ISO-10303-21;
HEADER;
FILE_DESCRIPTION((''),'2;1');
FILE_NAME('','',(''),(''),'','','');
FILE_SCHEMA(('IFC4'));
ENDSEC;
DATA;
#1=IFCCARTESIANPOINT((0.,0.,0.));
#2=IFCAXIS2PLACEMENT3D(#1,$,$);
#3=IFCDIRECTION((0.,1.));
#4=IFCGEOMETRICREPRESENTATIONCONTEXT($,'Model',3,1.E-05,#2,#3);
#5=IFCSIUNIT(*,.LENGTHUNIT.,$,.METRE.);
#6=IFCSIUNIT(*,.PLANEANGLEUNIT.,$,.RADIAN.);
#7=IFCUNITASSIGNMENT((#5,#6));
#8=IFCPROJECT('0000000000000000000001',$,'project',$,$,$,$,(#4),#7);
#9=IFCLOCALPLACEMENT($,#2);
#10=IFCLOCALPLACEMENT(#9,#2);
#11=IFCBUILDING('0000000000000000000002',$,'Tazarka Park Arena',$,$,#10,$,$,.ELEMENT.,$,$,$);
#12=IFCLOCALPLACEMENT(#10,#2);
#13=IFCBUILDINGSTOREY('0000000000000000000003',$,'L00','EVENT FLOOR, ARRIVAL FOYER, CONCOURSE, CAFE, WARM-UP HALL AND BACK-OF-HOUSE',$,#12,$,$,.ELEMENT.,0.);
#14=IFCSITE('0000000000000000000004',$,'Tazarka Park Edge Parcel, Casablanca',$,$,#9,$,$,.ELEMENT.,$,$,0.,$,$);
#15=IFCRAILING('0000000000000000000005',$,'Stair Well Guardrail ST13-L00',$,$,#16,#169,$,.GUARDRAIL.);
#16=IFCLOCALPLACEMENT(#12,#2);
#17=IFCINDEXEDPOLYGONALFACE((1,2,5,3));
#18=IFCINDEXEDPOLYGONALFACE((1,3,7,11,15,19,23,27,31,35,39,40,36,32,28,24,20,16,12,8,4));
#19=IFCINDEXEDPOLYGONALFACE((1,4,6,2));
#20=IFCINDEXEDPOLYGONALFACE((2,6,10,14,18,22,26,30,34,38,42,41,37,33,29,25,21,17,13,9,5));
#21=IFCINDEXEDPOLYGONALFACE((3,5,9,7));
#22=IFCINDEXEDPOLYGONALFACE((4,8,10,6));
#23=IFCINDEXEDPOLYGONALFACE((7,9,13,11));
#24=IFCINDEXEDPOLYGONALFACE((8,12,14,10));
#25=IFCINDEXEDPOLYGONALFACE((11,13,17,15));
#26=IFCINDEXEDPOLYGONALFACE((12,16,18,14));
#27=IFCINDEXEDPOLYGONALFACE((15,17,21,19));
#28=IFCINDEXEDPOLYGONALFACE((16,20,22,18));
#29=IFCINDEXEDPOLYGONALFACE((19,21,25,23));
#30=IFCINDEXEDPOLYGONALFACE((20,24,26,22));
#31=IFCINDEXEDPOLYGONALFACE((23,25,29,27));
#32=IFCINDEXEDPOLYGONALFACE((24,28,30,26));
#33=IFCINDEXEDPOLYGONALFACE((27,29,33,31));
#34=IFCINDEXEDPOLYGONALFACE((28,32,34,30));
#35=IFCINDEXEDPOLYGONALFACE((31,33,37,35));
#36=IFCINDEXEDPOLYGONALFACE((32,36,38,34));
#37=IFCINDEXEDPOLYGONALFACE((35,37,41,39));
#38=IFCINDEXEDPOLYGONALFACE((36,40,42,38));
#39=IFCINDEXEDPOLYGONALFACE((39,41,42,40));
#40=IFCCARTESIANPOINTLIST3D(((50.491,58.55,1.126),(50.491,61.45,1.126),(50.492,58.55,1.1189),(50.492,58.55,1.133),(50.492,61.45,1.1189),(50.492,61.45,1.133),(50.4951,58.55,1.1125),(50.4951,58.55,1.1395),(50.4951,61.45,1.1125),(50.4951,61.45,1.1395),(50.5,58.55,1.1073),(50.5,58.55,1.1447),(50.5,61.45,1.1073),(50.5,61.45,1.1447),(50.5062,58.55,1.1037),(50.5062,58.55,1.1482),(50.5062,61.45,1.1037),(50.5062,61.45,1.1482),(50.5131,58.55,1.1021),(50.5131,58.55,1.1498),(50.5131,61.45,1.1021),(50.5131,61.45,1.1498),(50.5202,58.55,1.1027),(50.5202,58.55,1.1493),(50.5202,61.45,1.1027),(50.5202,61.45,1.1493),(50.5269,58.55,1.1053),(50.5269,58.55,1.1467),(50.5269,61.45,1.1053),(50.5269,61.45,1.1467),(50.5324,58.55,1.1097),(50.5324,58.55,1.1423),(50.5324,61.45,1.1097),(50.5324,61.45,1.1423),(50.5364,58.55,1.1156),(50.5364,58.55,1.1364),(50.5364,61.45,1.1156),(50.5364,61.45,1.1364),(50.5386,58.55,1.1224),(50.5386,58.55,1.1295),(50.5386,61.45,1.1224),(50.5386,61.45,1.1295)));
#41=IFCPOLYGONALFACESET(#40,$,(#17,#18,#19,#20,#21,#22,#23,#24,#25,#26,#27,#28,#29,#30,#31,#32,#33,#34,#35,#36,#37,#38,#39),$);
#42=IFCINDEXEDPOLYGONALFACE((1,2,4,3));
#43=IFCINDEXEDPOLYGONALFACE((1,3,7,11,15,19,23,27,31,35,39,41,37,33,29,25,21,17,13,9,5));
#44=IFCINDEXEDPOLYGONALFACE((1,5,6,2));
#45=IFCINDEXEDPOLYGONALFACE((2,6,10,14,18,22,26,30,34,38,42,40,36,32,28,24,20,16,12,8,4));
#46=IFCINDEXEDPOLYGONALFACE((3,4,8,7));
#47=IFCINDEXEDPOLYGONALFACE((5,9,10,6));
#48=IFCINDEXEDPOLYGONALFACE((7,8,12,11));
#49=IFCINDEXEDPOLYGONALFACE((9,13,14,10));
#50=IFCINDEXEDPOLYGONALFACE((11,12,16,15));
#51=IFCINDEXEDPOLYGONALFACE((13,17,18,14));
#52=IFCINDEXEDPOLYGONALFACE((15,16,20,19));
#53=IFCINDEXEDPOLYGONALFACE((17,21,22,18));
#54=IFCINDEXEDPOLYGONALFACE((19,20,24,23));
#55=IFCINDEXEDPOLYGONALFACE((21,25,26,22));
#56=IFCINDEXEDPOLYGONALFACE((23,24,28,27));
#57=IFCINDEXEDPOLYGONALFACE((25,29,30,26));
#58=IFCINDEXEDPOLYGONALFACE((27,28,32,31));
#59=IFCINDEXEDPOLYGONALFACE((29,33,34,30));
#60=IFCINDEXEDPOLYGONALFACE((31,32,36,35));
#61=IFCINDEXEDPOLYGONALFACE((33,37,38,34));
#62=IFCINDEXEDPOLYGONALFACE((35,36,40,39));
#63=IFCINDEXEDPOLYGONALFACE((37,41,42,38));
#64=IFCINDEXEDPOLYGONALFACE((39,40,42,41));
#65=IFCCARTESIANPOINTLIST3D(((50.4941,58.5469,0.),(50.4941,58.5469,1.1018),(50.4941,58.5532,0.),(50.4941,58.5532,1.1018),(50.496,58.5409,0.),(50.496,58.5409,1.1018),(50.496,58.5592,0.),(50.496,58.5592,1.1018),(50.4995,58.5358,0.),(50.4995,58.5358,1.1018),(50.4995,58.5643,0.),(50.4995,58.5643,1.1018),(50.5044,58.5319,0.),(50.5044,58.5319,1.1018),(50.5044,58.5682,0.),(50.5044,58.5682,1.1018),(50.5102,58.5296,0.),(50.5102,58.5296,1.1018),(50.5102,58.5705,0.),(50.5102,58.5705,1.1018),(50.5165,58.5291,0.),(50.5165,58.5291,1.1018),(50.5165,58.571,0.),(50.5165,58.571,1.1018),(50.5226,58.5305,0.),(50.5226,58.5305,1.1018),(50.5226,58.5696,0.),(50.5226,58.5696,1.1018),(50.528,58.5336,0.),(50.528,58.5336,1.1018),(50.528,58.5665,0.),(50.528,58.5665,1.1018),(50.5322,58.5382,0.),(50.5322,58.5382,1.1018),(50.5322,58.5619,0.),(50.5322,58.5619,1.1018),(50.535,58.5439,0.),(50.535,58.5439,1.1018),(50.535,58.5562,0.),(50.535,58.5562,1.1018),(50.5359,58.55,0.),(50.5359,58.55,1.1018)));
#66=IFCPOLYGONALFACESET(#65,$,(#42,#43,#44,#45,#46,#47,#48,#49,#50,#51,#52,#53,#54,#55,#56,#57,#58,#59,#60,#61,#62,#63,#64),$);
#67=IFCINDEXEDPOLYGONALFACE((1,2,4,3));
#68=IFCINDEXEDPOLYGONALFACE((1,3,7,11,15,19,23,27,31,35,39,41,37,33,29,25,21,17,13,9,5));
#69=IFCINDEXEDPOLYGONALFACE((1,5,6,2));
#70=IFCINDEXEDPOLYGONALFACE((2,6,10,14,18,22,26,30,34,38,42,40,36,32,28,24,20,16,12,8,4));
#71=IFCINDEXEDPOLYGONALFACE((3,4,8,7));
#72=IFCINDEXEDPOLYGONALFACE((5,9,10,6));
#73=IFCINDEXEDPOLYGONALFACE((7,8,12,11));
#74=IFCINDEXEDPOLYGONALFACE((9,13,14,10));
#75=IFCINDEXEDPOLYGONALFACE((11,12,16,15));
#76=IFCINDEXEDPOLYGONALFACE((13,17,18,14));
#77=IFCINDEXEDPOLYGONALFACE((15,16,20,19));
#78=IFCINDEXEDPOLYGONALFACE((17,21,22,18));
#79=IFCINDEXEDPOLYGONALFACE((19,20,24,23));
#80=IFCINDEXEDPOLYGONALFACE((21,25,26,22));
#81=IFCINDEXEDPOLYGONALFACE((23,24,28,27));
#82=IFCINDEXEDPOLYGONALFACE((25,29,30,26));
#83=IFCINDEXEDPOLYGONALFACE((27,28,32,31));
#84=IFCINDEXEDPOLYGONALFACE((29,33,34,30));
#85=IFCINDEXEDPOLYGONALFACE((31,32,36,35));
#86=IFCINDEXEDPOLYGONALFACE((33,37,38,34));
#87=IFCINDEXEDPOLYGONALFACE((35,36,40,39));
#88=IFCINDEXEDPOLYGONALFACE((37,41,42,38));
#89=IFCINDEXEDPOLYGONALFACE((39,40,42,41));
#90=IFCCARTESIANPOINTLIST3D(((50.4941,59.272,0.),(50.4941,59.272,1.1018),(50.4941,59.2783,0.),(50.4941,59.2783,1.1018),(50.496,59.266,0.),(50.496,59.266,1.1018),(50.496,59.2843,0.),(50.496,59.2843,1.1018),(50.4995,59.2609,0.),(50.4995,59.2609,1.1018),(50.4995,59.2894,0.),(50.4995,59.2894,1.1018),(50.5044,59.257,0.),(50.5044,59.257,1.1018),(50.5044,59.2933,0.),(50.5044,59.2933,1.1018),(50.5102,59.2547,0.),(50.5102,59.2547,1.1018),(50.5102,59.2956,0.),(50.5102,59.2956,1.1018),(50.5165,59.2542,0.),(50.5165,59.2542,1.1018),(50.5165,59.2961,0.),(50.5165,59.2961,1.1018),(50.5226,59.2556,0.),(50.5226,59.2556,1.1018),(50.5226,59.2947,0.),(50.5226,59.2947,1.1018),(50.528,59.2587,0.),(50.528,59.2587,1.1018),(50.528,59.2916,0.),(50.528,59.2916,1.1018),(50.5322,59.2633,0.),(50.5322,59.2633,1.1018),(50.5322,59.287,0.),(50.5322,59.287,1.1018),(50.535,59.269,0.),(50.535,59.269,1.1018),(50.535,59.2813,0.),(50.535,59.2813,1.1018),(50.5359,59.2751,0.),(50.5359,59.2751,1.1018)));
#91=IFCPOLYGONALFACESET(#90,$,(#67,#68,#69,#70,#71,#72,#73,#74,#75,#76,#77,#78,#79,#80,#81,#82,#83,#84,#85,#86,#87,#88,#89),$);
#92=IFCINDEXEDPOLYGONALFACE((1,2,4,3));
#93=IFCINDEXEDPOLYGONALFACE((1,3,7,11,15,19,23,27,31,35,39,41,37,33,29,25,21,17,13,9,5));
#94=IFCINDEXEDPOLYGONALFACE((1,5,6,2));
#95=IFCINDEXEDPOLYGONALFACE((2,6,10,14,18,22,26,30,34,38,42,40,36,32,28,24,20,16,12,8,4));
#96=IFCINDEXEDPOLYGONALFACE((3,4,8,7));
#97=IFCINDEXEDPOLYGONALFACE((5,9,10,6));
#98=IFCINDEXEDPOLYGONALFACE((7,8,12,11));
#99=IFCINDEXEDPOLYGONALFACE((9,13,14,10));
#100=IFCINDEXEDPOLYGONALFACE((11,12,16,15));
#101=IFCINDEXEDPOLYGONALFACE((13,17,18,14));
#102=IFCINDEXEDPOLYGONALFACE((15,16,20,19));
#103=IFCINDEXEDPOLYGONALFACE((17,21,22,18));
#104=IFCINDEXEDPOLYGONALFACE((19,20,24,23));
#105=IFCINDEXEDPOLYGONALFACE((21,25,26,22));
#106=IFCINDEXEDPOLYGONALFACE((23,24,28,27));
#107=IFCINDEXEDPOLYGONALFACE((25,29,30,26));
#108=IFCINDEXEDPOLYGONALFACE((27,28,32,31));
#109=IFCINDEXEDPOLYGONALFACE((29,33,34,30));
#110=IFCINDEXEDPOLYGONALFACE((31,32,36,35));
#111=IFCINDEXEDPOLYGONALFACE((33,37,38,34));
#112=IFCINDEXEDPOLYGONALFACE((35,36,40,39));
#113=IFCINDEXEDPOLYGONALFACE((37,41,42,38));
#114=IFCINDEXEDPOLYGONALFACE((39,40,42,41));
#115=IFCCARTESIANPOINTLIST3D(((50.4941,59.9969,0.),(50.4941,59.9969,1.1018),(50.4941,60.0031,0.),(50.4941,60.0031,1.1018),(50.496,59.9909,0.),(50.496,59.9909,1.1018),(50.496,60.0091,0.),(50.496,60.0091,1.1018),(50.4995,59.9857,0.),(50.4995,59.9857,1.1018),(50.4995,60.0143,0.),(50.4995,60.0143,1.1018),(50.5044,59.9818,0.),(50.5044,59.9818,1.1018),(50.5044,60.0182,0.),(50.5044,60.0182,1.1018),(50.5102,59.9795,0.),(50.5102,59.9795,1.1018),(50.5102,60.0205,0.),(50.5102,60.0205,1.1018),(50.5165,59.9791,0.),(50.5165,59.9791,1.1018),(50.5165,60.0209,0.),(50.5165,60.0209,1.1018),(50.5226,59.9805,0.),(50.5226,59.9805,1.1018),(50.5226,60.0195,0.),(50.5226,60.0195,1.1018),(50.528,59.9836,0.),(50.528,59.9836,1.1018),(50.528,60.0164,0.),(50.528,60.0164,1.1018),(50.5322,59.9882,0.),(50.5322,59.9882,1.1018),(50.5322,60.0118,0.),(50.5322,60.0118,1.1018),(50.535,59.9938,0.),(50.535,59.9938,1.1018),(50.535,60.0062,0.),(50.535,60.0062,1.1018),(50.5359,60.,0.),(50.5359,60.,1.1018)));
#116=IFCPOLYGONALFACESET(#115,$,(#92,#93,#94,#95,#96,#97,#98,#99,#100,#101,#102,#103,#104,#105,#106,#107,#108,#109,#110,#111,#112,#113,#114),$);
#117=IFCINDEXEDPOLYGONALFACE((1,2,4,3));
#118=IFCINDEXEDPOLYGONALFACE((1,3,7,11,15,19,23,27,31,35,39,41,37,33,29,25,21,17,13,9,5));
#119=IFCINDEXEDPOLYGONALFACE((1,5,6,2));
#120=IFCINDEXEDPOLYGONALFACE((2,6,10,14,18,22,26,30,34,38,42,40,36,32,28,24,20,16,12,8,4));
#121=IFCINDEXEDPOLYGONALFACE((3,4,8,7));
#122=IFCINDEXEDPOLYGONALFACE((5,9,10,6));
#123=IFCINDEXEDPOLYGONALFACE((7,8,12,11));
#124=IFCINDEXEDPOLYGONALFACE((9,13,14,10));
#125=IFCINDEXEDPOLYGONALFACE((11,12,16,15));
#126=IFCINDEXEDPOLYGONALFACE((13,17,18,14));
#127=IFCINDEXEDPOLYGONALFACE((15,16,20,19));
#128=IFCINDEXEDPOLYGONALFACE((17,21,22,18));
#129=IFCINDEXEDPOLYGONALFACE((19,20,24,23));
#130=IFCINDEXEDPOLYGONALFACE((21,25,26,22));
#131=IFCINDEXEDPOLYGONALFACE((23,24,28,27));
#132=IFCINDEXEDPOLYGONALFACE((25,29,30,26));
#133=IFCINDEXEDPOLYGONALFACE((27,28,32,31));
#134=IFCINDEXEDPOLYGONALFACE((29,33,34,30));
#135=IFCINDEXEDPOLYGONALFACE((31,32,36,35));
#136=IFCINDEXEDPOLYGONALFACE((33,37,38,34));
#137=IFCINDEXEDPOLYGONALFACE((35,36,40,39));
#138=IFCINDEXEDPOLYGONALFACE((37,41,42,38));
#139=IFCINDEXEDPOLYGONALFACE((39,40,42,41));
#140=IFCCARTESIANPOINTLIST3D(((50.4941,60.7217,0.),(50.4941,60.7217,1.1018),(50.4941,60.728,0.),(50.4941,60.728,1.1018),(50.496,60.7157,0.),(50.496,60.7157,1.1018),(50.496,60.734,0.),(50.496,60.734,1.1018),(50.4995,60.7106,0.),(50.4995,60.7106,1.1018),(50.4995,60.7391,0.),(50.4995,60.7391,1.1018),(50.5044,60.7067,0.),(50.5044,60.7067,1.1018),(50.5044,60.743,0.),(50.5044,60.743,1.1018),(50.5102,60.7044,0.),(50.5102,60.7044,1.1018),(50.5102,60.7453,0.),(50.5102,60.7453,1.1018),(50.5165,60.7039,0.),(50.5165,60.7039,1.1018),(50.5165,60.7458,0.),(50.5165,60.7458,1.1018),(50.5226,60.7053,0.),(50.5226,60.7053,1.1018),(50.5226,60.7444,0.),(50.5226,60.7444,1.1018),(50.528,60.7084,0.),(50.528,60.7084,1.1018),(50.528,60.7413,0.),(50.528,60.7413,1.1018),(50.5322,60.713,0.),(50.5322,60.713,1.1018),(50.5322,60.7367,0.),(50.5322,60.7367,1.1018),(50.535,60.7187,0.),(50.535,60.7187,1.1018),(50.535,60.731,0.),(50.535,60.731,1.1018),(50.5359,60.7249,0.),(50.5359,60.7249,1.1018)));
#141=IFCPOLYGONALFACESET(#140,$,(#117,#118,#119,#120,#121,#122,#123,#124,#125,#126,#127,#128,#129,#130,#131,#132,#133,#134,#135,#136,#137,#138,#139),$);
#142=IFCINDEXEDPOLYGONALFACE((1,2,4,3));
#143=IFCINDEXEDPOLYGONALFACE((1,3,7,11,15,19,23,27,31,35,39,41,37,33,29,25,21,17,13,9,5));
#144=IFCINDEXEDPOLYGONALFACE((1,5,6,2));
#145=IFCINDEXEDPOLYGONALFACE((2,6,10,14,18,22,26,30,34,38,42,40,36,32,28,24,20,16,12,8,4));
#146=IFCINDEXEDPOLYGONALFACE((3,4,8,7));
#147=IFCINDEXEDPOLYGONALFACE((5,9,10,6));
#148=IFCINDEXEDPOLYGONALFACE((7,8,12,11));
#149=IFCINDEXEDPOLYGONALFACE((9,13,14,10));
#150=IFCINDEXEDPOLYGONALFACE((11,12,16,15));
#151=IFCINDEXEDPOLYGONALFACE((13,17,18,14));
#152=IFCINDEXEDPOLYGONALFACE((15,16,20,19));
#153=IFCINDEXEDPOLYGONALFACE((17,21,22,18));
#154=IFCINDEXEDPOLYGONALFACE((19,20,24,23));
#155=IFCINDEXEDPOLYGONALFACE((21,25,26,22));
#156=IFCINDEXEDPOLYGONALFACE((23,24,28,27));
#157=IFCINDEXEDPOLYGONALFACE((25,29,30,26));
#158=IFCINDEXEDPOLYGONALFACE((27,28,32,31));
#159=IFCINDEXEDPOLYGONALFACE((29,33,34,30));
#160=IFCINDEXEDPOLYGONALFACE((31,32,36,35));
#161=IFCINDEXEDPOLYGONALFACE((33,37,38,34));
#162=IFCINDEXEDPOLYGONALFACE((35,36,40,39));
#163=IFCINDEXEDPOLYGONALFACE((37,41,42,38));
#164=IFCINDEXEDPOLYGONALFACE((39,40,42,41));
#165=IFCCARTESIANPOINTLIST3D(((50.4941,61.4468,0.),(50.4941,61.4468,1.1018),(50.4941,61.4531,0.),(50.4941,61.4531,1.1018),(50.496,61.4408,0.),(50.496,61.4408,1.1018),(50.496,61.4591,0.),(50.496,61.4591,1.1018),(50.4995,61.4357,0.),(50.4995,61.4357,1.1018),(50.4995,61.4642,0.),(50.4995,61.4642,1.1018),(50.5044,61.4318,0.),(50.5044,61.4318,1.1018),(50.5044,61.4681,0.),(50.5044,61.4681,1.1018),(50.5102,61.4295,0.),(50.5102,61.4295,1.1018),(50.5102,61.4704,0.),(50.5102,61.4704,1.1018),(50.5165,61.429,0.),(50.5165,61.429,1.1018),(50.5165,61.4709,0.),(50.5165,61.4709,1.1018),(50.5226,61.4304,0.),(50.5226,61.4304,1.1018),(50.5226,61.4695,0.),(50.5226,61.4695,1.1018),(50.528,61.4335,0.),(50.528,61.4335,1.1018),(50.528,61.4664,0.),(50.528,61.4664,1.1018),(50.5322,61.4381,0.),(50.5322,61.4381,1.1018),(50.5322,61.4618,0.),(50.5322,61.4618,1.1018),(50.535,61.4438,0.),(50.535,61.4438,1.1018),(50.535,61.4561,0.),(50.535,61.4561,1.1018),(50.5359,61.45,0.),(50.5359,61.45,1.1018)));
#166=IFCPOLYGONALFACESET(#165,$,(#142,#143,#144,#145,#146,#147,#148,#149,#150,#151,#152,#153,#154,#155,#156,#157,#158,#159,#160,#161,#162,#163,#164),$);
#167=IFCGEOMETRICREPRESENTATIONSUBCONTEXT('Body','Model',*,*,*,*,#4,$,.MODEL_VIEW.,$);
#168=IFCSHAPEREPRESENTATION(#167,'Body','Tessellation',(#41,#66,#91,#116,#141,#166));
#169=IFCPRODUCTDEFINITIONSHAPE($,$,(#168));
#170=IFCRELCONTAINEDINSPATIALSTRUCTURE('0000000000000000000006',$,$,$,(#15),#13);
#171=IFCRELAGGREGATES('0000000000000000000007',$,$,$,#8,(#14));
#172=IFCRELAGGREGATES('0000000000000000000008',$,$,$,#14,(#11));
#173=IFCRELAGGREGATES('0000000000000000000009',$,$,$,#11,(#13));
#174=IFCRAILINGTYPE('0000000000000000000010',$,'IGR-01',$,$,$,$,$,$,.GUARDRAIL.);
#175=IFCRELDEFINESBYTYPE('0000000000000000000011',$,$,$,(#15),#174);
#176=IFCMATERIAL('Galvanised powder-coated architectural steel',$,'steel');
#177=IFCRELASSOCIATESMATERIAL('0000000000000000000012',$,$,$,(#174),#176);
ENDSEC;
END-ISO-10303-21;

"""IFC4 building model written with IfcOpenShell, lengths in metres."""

from ifc_helpers import new_model, si_unit, direction, frame, origin, origin_2d, place, context, subcontext, project, spatial, circle, extrude, material, type_object, element, save


model = new_model("IFC4")

# Units and contexts
model_context = context("Model", 3, precision=1e-05, world=origin(), true_north=direction((0.0, 1.0)))
body_context = subcontext(model_context, "Body", "Model", "MODEL_VIEW")
ifc_project = project(units=[si_unit("LENGTHUNIT", "METRE"), si_unit("PLANEANGLEUNIT", "RADIAN")], contexts=[model_context])

# Site, building, storey
site_placement = place(None, origin())
site = spatial("IfcSite", under=ifc_project, at=site_placement, Name="Tazarka Park Edge Parcel, Casablanca", CompositionType="ELEMENT", RefElevation=0.0)
building_placement = place(site_placement, origin())
building = spatial("IfcBuilding", under=site, at=building_placement, Name="Tazarka Park Arena", CompositionType="ELEMENT")
storey_placement = place(building_placement, origin())
storey = spatial("IfcBuildingStorey", under=building, at=storey_placement, Name="L00", Description="EVENT FLOOR, ARRIVAL FOYER, CONCOURSE, CAFE, WARM-UP HALL AND BACK-OF-HOUSE", CompositionType="ELEMENT", Elevation=0.0)

# Railing
ifc_material_1 = material(Name="Galvanised powder-coated architectural steel", Category="steel")
railing_type_1 = type_object("IfcRailingType", Name="IGR-01", PredefinedType="GUARDRAIL", material=ifc_material_1)
for number, where, name in (
    (1, (50.5149, 58.55, 0.0), "Stair Well Guardrail ST13-L00"),
):
    element("IfcRailing", number, at=place(storey_placement, frame(where)), inside=storey, type_object=railing_type_1, Name=name, PredefinedType="GUARDRAIL", context=body_context, shape_type="SweptSolid", body=[
        extrude(circle(Radius=0.0239, at=origin_2d()), frame((0.0, 0.0, 1.126), z_axis=(0.0, 1.0, 0.0), x_axis=(-1.0, 0.0, 0.0)), (0.0, 0.0, 1.0), 2.8999),
        extrude(circle(Radius=0.021, at=origin_2d()), origin(), (0.0, 0.0, 1.0), 1.1018),
        extrude(circle(Radius=0.021, at=origin_2d()), frame((0.0, 0.7251, 0.0)), (0.0, 0.0, 1.0), 1.1018),
        extrude(circle(Radius=0.021, at=origin_2d()), frame((0.0, 1.45, 0.0)), (0.0, 0.0, 1.0), 1.1018),
        extrude(circle(Radius=0.021, at=origin_2d()), frame((0.0, 2.1748, 0.0)), (0.0, 0.0, 1.0), 1.1018),
        extrude(circle(Radius=0.021, at=origin_2d()), frame((0.0, 2.8999, 0.0)), (0.0, 0.0, 1.0), 1.1018),
    ])

save(model, "model.ifc")
